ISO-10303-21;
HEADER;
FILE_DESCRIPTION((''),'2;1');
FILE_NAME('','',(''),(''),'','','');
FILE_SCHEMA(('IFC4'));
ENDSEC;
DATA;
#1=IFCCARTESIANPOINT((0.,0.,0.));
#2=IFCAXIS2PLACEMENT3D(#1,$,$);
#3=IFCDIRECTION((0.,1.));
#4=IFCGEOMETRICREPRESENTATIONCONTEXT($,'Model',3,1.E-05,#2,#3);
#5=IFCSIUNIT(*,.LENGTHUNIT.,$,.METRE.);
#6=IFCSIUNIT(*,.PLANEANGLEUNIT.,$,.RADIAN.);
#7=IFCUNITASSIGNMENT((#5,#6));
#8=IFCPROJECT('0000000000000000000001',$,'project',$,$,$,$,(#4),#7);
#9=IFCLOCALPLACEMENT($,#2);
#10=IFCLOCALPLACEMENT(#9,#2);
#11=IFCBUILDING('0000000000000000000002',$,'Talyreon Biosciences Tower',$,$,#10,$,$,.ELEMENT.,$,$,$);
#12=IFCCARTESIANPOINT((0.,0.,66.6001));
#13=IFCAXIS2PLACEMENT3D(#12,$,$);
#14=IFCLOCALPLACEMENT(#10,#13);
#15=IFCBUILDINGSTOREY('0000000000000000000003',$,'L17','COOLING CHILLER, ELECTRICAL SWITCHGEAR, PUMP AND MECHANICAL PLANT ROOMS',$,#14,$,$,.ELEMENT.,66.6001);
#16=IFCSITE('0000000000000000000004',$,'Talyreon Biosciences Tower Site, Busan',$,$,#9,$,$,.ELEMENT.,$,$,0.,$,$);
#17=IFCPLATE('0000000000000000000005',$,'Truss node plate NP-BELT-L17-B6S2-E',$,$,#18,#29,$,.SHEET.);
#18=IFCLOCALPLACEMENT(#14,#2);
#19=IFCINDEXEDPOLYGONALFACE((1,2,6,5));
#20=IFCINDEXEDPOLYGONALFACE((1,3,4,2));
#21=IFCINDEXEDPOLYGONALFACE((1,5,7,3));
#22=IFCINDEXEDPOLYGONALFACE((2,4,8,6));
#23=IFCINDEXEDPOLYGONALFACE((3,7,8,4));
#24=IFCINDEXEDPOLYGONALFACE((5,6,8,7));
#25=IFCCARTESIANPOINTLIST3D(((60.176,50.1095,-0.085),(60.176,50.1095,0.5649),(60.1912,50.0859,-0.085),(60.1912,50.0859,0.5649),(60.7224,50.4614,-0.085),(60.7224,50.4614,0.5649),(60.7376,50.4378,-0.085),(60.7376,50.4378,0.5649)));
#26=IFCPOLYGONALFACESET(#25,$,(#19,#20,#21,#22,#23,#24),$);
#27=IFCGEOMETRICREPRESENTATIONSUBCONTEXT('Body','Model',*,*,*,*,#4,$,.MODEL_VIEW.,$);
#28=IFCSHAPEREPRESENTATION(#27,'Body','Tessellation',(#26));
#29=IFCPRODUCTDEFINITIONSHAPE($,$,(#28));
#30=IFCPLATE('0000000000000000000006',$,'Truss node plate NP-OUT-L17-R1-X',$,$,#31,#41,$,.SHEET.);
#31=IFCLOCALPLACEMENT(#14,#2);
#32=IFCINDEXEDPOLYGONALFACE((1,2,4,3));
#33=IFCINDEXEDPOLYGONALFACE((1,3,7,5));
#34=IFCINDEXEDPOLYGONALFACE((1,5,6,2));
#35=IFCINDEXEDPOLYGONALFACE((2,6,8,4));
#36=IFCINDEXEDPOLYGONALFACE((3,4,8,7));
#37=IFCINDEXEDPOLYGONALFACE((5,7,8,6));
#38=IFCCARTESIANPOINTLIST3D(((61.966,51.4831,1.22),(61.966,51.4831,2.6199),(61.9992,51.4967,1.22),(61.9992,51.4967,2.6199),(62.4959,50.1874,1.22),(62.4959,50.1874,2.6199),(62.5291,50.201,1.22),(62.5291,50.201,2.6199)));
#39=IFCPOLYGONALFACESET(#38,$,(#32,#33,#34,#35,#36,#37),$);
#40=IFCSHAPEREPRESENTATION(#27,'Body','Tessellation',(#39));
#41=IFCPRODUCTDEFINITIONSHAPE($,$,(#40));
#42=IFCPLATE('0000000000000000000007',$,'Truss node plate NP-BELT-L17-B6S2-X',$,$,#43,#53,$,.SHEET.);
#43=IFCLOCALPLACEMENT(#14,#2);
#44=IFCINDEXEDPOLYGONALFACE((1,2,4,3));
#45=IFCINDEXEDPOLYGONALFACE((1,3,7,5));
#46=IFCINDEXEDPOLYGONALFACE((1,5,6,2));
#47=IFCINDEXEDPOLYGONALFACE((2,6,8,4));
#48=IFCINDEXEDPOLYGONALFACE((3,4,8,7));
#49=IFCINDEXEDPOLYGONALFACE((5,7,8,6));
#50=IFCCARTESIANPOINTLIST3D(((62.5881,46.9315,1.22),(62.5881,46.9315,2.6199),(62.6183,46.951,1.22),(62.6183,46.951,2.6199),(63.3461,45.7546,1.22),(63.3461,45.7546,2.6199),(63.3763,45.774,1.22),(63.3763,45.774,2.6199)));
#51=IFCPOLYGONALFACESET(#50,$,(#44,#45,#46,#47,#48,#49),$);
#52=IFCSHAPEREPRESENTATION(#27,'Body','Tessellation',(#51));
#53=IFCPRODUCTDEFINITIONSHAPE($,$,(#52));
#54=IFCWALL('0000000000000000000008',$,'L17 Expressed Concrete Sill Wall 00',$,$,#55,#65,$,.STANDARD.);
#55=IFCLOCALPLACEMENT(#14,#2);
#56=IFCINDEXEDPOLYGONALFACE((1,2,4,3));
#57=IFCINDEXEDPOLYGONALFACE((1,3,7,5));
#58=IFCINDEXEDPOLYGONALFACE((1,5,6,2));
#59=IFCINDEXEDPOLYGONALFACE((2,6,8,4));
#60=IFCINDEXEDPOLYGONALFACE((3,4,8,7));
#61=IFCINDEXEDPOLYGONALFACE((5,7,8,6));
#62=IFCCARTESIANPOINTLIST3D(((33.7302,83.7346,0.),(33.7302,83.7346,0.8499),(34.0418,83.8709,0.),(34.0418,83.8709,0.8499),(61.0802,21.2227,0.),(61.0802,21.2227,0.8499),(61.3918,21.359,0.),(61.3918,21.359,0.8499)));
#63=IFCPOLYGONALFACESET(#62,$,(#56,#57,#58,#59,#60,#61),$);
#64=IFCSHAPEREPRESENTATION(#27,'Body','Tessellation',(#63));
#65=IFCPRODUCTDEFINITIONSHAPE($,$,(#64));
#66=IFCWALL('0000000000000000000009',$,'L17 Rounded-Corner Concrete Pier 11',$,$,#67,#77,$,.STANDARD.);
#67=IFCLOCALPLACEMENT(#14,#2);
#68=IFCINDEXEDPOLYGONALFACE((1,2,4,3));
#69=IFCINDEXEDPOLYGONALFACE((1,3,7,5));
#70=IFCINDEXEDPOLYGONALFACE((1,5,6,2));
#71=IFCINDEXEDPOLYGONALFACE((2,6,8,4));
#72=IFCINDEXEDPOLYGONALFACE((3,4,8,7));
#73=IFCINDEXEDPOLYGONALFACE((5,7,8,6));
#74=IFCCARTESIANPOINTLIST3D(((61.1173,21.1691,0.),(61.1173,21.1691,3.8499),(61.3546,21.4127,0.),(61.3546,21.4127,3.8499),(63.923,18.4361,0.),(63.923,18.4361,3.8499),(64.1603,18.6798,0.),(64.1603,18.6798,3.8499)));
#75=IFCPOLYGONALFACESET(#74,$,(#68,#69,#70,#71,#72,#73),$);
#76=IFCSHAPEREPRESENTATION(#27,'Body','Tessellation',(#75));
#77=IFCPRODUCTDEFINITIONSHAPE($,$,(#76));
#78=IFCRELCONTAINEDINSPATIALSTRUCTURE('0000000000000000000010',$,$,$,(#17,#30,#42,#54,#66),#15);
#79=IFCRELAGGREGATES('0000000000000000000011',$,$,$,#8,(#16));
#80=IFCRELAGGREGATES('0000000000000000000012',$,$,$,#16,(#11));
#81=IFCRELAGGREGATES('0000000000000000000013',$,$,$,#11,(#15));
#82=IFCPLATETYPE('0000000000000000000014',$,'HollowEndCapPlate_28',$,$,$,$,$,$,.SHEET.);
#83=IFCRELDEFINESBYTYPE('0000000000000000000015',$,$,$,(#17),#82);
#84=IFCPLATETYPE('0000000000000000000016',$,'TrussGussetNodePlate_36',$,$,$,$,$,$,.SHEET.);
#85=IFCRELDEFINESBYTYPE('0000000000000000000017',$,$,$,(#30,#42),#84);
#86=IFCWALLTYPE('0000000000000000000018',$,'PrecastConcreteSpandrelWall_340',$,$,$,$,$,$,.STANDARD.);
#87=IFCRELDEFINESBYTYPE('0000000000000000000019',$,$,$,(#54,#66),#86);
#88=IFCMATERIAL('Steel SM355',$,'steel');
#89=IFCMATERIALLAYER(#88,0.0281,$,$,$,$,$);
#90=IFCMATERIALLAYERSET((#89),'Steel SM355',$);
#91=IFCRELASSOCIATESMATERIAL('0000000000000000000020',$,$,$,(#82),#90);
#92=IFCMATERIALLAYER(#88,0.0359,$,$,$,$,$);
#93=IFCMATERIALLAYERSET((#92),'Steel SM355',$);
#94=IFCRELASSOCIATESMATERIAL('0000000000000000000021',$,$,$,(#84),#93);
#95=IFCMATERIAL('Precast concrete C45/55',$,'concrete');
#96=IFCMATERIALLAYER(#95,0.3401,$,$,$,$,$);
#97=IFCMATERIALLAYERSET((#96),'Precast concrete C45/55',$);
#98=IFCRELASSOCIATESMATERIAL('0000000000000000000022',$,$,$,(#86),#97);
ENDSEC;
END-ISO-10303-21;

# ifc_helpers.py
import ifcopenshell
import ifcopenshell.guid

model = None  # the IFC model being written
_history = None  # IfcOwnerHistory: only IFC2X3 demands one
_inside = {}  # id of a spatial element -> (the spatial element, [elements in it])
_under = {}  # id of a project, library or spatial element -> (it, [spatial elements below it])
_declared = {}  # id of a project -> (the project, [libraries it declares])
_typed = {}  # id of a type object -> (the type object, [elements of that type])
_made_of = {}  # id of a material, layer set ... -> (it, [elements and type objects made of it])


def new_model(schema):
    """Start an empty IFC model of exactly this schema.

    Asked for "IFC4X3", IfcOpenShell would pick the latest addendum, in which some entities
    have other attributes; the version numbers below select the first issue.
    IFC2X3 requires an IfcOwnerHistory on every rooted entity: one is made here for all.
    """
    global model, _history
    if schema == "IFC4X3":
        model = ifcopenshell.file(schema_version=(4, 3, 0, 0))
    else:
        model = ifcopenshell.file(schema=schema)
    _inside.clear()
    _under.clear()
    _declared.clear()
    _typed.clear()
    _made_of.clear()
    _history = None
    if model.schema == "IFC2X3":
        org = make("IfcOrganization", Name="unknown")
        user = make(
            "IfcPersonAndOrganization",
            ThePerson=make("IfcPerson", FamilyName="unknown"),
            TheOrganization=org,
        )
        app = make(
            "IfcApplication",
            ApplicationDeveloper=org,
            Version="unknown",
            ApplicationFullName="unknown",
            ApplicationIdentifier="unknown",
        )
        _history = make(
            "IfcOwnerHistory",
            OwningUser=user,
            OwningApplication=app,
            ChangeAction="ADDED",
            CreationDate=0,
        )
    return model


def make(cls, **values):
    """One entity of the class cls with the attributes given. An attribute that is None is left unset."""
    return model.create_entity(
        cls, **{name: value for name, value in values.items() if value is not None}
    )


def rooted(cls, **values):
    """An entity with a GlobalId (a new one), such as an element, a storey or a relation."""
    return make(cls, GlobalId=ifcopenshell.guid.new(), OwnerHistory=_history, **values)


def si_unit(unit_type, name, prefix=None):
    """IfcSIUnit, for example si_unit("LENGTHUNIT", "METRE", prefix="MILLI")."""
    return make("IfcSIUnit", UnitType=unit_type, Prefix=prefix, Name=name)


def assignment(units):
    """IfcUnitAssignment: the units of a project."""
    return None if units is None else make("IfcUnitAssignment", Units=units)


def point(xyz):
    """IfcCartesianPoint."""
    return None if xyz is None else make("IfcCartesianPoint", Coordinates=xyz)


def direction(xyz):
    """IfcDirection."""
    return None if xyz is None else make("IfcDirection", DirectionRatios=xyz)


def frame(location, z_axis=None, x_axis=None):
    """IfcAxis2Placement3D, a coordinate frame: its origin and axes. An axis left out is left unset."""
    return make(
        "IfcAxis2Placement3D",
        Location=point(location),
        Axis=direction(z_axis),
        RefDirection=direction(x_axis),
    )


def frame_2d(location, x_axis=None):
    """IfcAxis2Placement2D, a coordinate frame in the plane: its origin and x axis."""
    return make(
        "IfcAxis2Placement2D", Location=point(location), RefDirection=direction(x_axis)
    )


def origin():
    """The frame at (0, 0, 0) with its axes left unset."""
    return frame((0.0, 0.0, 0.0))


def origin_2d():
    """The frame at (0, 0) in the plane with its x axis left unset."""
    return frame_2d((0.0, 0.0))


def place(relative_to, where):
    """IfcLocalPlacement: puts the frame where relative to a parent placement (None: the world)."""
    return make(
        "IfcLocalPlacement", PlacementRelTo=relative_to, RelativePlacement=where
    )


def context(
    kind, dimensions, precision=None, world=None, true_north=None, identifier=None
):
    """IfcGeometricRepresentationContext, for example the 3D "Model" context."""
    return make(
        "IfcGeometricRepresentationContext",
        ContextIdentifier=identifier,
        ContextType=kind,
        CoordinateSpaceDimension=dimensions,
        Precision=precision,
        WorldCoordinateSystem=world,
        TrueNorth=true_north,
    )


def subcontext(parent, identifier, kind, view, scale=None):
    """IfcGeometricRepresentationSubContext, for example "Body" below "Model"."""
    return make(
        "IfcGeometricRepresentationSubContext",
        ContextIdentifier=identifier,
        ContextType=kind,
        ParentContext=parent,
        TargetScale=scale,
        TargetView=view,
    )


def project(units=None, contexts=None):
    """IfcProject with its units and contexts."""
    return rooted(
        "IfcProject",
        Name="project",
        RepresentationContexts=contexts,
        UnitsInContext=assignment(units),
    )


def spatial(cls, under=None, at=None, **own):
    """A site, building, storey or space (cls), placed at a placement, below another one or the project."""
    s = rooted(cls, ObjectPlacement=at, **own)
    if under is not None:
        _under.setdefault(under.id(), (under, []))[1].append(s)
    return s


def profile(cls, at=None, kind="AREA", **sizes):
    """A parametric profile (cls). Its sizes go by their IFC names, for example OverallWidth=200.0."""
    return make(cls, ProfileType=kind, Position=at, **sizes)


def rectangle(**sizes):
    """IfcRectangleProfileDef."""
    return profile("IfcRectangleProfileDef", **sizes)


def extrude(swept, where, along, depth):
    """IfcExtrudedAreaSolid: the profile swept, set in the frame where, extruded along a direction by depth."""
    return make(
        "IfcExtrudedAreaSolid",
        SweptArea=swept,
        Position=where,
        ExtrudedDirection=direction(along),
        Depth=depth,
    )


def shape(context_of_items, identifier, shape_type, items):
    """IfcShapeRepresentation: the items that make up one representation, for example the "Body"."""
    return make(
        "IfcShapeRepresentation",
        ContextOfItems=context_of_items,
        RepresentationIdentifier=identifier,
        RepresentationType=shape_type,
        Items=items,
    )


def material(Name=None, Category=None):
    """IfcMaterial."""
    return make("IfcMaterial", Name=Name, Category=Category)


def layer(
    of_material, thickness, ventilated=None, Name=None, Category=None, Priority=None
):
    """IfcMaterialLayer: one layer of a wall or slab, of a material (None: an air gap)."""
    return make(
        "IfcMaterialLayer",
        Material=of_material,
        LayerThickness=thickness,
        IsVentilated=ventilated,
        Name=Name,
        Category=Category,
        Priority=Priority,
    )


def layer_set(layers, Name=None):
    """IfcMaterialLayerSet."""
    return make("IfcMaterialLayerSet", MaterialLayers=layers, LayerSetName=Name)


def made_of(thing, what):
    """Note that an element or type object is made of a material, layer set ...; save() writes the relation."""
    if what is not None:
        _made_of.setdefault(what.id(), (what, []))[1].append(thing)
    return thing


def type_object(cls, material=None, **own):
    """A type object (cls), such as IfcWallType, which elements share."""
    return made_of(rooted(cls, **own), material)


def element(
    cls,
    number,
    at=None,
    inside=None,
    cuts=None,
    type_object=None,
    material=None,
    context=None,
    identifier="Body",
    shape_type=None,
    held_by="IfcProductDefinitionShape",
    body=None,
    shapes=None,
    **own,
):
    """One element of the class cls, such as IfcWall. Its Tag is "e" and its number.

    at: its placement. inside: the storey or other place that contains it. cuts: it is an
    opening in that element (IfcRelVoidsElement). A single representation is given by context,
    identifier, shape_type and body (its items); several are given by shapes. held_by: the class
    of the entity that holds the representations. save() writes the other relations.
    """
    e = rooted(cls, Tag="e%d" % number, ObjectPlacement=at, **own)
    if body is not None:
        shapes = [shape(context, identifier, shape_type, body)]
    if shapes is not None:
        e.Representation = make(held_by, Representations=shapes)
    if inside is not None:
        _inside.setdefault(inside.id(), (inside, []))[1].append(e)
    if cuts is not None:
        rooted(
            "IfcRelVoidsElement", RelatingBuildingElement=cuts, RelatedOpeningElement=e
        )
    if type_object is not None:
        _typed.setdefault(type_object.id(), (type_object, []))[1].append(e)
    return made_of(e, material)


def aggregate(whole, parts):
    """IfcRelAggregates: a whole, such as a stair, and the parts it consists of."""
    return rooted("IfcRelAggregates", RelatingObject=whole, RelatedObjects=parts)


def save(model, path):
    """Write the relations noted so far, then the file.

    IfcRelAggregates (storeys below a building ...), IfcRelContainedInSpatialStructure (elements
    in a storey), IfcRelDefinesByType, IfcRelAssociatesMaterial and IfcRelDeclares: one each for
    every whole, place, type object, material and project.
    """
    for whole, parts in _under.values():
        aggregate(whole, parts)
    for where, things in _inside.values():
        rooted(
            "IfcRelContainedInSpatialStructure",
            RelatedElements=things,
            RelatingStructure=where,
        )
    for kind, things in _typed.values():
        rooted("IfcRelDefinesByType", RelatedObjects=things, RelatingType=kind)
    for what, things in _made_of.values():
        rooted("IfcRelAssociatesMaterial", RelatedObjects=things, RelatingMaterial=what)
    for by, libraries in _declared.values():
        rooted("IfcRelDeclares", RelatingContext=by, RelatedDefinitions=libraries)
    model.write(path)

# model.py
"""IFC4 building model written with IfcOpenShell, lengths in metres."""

from ifc_helpers import new_model, si_unit, direction, frame, frame_2d, origin, origin_2d, place, context, subcontext, project, spatial, rectangle, extrude, material, layer, layer_set, type_object, element, save


model = new_model("IFC4")

# Units and contexts
model_context = context("Model", 3, precision=1e-05, world=origin(), true_north=direction((0.0, 1.0)))
body_context = subcontext(model_context, "Body", "Model", "MODEL_VIEW")
ifc_project = project(units=[si_unit("LENGTHUNIT", "METRE"), si_unit("PLANEANGLEUNIT", "RADIAN")], contexts=[model_context])

# Site, building, storey
site_placement = place(None, origin())
site = spatial("IfcSite", under=ifc_project, at=site_placement, Name="Talyreon Biosciences Tower Site, Busan", CompositionType="ELEMENT", RefElevation=0.0)
building_placement = place(site_placement, origin())
building = spatial("IfcBuilding", under=site, at=building_placement, Name="Talyreon Biosciences Tower", CompositionType="ELEMENT")
storey_placement = place(building_placement, frame((0.0, 0.0, 66.6001)))
storey = spatial("IfcBuildingStorey", under=building, at=storey_placement, Name="L17", Description="COOLING CHILLER, ELECTRICAL SWITCHGEAR, PUMP AND MECHANICAL PLANT ROOMS", CompositionType="ELEMENT", Elevation=66.6001)

# Shared definitions
ifc_material_1 = material(Name="Steel SM355", Category="steel")

# Plates
ifc_layer_1 = layer(ifc_material_1, 0.0281)
ifc_layer_set_1 = layer_set([ifc_layer_1], Name="Steel SM355")
plate_type_1 = type_object("IfcPlateType", Name="HollowEndCapPlate_28", PredefinedType="SHEET", material=ifc_layer_set_1)
plate_1_placement = place(storey_placement, frame((60.4568, 50.2737, -0.085), z_axis=(0.0, 0.0, 1.0), x_axis=(0.840727, 0.541459, 0.0)))
element("IfcPlate", 1, at=plate_1_placement, inside=storey, type_object=plate_type_1, Name="Truss node plate NP-BELT-L17-B6S2-E", PredefinedType="SHEET", context=body_context, shape_type="SweptSolid", body=[
    extrude(rectangle(XDim=0.6499, YDim=0.0281, at=origin_2d()), origin(), (0.0, 0.0, 1.0), 0.6499),
])
ifc_layer_2 = layer(ifc_material_1, 0.0359)
ifc_layer_set_2 = layer_set([ifc_layer_2], Name="Steel SM355")
plate_type_2 = type_object("IfcPlateType", Name="TrussGussetNodePlate_36", PredefinedType="SHEET", material=ifc_layer_set_2)
for number, where, z_axis, x_axis, name in (
    (2, (62.2476, 50.842, 1.22), (0.0, 0.0, 1.0), (0.378536, -0.925587, 0.0), "Truss node plate NP-OUT-L17-R1-X"),
    (3, (62.9822, 46.3528, 1.22), (0.0, 0.0, 1.0), (0.541459, -0.840727, 0.0), "Truss node plate NP-BELT-L17-B6S2-X"),
):
    element("IfcPlate", number, at=place(storey_placement, frame(where, z_axis=z_axis, x_axis=x_axis)), inside=storey, type_object=plate_type_2, Name=name, PredefinedType="SHEET", context=body_context, shape_type="SweptSolid", body=[
        extrude(rectangle(XDim=1.3999, YDim=0.0359, at=origin_2d()), origin(), (0.0, 0.0, 1.0), 1.3999),
    ])

# Walls
ifc_material_2 = material(Name="Precast concrete C45/55", Category="concrete")
ifc_layer_3 = layer(ifc_material_2, 0.3401)
ifc_layer_set_3 = layer_set([ifc_layer_3], Name="Precast concrete C45/55")
wall_type = type_object("IfcWallType", Name="PrecastConcreteSpandrelWall_340", PredefinedType="STANDARD", material=ifc_layer_set_3)
wall_1_placement = place(storey_placement, frame((61.2361, 21.2908, 0.0), z_axis=(0.0, 0.0, 1.0), x_axis=(-0.400833, 0.916151, 0.0)))
element("IfcWall", 4, at=wall_1_placement, inside=storey, type_object=wall_type, Name="L17 Expressed Concrete Sill Wall 00", PredefinedType="STANDARD", context=body_context, shape_type="SweptSolid", body=[
    extrude(rectangle(XDim=68.2332, YDim=0.3401, at=frame_2d((34.1167, 0.0))), origin(), (0.0, 0.0, 1.0), 0.8499),
])
wall_2_placement = place(storey_placement, frame((64.0417, 18.5579, 0.0), z_axis=(0.0, 0.0, 1.0), x_axis=(-0.716333, 0.697758, 0.0)))
element("IfcWall", 5, at=wall_2_placement, inside=storey, type_object=wall_type, Name="L17 Rounded-Corner Concrete Pier 11", PredefinedType="STANDARD", context=body_context, shape_type="SweptSolid", body=[
    extrude(rectangle(XDim=3.9167, YDim=0.3401, at=frame_2d((1.9585, 0.0))), origin(), (0.0, 0.0, 1.0), 3.8499),
])

save(model, "model.ifc")
